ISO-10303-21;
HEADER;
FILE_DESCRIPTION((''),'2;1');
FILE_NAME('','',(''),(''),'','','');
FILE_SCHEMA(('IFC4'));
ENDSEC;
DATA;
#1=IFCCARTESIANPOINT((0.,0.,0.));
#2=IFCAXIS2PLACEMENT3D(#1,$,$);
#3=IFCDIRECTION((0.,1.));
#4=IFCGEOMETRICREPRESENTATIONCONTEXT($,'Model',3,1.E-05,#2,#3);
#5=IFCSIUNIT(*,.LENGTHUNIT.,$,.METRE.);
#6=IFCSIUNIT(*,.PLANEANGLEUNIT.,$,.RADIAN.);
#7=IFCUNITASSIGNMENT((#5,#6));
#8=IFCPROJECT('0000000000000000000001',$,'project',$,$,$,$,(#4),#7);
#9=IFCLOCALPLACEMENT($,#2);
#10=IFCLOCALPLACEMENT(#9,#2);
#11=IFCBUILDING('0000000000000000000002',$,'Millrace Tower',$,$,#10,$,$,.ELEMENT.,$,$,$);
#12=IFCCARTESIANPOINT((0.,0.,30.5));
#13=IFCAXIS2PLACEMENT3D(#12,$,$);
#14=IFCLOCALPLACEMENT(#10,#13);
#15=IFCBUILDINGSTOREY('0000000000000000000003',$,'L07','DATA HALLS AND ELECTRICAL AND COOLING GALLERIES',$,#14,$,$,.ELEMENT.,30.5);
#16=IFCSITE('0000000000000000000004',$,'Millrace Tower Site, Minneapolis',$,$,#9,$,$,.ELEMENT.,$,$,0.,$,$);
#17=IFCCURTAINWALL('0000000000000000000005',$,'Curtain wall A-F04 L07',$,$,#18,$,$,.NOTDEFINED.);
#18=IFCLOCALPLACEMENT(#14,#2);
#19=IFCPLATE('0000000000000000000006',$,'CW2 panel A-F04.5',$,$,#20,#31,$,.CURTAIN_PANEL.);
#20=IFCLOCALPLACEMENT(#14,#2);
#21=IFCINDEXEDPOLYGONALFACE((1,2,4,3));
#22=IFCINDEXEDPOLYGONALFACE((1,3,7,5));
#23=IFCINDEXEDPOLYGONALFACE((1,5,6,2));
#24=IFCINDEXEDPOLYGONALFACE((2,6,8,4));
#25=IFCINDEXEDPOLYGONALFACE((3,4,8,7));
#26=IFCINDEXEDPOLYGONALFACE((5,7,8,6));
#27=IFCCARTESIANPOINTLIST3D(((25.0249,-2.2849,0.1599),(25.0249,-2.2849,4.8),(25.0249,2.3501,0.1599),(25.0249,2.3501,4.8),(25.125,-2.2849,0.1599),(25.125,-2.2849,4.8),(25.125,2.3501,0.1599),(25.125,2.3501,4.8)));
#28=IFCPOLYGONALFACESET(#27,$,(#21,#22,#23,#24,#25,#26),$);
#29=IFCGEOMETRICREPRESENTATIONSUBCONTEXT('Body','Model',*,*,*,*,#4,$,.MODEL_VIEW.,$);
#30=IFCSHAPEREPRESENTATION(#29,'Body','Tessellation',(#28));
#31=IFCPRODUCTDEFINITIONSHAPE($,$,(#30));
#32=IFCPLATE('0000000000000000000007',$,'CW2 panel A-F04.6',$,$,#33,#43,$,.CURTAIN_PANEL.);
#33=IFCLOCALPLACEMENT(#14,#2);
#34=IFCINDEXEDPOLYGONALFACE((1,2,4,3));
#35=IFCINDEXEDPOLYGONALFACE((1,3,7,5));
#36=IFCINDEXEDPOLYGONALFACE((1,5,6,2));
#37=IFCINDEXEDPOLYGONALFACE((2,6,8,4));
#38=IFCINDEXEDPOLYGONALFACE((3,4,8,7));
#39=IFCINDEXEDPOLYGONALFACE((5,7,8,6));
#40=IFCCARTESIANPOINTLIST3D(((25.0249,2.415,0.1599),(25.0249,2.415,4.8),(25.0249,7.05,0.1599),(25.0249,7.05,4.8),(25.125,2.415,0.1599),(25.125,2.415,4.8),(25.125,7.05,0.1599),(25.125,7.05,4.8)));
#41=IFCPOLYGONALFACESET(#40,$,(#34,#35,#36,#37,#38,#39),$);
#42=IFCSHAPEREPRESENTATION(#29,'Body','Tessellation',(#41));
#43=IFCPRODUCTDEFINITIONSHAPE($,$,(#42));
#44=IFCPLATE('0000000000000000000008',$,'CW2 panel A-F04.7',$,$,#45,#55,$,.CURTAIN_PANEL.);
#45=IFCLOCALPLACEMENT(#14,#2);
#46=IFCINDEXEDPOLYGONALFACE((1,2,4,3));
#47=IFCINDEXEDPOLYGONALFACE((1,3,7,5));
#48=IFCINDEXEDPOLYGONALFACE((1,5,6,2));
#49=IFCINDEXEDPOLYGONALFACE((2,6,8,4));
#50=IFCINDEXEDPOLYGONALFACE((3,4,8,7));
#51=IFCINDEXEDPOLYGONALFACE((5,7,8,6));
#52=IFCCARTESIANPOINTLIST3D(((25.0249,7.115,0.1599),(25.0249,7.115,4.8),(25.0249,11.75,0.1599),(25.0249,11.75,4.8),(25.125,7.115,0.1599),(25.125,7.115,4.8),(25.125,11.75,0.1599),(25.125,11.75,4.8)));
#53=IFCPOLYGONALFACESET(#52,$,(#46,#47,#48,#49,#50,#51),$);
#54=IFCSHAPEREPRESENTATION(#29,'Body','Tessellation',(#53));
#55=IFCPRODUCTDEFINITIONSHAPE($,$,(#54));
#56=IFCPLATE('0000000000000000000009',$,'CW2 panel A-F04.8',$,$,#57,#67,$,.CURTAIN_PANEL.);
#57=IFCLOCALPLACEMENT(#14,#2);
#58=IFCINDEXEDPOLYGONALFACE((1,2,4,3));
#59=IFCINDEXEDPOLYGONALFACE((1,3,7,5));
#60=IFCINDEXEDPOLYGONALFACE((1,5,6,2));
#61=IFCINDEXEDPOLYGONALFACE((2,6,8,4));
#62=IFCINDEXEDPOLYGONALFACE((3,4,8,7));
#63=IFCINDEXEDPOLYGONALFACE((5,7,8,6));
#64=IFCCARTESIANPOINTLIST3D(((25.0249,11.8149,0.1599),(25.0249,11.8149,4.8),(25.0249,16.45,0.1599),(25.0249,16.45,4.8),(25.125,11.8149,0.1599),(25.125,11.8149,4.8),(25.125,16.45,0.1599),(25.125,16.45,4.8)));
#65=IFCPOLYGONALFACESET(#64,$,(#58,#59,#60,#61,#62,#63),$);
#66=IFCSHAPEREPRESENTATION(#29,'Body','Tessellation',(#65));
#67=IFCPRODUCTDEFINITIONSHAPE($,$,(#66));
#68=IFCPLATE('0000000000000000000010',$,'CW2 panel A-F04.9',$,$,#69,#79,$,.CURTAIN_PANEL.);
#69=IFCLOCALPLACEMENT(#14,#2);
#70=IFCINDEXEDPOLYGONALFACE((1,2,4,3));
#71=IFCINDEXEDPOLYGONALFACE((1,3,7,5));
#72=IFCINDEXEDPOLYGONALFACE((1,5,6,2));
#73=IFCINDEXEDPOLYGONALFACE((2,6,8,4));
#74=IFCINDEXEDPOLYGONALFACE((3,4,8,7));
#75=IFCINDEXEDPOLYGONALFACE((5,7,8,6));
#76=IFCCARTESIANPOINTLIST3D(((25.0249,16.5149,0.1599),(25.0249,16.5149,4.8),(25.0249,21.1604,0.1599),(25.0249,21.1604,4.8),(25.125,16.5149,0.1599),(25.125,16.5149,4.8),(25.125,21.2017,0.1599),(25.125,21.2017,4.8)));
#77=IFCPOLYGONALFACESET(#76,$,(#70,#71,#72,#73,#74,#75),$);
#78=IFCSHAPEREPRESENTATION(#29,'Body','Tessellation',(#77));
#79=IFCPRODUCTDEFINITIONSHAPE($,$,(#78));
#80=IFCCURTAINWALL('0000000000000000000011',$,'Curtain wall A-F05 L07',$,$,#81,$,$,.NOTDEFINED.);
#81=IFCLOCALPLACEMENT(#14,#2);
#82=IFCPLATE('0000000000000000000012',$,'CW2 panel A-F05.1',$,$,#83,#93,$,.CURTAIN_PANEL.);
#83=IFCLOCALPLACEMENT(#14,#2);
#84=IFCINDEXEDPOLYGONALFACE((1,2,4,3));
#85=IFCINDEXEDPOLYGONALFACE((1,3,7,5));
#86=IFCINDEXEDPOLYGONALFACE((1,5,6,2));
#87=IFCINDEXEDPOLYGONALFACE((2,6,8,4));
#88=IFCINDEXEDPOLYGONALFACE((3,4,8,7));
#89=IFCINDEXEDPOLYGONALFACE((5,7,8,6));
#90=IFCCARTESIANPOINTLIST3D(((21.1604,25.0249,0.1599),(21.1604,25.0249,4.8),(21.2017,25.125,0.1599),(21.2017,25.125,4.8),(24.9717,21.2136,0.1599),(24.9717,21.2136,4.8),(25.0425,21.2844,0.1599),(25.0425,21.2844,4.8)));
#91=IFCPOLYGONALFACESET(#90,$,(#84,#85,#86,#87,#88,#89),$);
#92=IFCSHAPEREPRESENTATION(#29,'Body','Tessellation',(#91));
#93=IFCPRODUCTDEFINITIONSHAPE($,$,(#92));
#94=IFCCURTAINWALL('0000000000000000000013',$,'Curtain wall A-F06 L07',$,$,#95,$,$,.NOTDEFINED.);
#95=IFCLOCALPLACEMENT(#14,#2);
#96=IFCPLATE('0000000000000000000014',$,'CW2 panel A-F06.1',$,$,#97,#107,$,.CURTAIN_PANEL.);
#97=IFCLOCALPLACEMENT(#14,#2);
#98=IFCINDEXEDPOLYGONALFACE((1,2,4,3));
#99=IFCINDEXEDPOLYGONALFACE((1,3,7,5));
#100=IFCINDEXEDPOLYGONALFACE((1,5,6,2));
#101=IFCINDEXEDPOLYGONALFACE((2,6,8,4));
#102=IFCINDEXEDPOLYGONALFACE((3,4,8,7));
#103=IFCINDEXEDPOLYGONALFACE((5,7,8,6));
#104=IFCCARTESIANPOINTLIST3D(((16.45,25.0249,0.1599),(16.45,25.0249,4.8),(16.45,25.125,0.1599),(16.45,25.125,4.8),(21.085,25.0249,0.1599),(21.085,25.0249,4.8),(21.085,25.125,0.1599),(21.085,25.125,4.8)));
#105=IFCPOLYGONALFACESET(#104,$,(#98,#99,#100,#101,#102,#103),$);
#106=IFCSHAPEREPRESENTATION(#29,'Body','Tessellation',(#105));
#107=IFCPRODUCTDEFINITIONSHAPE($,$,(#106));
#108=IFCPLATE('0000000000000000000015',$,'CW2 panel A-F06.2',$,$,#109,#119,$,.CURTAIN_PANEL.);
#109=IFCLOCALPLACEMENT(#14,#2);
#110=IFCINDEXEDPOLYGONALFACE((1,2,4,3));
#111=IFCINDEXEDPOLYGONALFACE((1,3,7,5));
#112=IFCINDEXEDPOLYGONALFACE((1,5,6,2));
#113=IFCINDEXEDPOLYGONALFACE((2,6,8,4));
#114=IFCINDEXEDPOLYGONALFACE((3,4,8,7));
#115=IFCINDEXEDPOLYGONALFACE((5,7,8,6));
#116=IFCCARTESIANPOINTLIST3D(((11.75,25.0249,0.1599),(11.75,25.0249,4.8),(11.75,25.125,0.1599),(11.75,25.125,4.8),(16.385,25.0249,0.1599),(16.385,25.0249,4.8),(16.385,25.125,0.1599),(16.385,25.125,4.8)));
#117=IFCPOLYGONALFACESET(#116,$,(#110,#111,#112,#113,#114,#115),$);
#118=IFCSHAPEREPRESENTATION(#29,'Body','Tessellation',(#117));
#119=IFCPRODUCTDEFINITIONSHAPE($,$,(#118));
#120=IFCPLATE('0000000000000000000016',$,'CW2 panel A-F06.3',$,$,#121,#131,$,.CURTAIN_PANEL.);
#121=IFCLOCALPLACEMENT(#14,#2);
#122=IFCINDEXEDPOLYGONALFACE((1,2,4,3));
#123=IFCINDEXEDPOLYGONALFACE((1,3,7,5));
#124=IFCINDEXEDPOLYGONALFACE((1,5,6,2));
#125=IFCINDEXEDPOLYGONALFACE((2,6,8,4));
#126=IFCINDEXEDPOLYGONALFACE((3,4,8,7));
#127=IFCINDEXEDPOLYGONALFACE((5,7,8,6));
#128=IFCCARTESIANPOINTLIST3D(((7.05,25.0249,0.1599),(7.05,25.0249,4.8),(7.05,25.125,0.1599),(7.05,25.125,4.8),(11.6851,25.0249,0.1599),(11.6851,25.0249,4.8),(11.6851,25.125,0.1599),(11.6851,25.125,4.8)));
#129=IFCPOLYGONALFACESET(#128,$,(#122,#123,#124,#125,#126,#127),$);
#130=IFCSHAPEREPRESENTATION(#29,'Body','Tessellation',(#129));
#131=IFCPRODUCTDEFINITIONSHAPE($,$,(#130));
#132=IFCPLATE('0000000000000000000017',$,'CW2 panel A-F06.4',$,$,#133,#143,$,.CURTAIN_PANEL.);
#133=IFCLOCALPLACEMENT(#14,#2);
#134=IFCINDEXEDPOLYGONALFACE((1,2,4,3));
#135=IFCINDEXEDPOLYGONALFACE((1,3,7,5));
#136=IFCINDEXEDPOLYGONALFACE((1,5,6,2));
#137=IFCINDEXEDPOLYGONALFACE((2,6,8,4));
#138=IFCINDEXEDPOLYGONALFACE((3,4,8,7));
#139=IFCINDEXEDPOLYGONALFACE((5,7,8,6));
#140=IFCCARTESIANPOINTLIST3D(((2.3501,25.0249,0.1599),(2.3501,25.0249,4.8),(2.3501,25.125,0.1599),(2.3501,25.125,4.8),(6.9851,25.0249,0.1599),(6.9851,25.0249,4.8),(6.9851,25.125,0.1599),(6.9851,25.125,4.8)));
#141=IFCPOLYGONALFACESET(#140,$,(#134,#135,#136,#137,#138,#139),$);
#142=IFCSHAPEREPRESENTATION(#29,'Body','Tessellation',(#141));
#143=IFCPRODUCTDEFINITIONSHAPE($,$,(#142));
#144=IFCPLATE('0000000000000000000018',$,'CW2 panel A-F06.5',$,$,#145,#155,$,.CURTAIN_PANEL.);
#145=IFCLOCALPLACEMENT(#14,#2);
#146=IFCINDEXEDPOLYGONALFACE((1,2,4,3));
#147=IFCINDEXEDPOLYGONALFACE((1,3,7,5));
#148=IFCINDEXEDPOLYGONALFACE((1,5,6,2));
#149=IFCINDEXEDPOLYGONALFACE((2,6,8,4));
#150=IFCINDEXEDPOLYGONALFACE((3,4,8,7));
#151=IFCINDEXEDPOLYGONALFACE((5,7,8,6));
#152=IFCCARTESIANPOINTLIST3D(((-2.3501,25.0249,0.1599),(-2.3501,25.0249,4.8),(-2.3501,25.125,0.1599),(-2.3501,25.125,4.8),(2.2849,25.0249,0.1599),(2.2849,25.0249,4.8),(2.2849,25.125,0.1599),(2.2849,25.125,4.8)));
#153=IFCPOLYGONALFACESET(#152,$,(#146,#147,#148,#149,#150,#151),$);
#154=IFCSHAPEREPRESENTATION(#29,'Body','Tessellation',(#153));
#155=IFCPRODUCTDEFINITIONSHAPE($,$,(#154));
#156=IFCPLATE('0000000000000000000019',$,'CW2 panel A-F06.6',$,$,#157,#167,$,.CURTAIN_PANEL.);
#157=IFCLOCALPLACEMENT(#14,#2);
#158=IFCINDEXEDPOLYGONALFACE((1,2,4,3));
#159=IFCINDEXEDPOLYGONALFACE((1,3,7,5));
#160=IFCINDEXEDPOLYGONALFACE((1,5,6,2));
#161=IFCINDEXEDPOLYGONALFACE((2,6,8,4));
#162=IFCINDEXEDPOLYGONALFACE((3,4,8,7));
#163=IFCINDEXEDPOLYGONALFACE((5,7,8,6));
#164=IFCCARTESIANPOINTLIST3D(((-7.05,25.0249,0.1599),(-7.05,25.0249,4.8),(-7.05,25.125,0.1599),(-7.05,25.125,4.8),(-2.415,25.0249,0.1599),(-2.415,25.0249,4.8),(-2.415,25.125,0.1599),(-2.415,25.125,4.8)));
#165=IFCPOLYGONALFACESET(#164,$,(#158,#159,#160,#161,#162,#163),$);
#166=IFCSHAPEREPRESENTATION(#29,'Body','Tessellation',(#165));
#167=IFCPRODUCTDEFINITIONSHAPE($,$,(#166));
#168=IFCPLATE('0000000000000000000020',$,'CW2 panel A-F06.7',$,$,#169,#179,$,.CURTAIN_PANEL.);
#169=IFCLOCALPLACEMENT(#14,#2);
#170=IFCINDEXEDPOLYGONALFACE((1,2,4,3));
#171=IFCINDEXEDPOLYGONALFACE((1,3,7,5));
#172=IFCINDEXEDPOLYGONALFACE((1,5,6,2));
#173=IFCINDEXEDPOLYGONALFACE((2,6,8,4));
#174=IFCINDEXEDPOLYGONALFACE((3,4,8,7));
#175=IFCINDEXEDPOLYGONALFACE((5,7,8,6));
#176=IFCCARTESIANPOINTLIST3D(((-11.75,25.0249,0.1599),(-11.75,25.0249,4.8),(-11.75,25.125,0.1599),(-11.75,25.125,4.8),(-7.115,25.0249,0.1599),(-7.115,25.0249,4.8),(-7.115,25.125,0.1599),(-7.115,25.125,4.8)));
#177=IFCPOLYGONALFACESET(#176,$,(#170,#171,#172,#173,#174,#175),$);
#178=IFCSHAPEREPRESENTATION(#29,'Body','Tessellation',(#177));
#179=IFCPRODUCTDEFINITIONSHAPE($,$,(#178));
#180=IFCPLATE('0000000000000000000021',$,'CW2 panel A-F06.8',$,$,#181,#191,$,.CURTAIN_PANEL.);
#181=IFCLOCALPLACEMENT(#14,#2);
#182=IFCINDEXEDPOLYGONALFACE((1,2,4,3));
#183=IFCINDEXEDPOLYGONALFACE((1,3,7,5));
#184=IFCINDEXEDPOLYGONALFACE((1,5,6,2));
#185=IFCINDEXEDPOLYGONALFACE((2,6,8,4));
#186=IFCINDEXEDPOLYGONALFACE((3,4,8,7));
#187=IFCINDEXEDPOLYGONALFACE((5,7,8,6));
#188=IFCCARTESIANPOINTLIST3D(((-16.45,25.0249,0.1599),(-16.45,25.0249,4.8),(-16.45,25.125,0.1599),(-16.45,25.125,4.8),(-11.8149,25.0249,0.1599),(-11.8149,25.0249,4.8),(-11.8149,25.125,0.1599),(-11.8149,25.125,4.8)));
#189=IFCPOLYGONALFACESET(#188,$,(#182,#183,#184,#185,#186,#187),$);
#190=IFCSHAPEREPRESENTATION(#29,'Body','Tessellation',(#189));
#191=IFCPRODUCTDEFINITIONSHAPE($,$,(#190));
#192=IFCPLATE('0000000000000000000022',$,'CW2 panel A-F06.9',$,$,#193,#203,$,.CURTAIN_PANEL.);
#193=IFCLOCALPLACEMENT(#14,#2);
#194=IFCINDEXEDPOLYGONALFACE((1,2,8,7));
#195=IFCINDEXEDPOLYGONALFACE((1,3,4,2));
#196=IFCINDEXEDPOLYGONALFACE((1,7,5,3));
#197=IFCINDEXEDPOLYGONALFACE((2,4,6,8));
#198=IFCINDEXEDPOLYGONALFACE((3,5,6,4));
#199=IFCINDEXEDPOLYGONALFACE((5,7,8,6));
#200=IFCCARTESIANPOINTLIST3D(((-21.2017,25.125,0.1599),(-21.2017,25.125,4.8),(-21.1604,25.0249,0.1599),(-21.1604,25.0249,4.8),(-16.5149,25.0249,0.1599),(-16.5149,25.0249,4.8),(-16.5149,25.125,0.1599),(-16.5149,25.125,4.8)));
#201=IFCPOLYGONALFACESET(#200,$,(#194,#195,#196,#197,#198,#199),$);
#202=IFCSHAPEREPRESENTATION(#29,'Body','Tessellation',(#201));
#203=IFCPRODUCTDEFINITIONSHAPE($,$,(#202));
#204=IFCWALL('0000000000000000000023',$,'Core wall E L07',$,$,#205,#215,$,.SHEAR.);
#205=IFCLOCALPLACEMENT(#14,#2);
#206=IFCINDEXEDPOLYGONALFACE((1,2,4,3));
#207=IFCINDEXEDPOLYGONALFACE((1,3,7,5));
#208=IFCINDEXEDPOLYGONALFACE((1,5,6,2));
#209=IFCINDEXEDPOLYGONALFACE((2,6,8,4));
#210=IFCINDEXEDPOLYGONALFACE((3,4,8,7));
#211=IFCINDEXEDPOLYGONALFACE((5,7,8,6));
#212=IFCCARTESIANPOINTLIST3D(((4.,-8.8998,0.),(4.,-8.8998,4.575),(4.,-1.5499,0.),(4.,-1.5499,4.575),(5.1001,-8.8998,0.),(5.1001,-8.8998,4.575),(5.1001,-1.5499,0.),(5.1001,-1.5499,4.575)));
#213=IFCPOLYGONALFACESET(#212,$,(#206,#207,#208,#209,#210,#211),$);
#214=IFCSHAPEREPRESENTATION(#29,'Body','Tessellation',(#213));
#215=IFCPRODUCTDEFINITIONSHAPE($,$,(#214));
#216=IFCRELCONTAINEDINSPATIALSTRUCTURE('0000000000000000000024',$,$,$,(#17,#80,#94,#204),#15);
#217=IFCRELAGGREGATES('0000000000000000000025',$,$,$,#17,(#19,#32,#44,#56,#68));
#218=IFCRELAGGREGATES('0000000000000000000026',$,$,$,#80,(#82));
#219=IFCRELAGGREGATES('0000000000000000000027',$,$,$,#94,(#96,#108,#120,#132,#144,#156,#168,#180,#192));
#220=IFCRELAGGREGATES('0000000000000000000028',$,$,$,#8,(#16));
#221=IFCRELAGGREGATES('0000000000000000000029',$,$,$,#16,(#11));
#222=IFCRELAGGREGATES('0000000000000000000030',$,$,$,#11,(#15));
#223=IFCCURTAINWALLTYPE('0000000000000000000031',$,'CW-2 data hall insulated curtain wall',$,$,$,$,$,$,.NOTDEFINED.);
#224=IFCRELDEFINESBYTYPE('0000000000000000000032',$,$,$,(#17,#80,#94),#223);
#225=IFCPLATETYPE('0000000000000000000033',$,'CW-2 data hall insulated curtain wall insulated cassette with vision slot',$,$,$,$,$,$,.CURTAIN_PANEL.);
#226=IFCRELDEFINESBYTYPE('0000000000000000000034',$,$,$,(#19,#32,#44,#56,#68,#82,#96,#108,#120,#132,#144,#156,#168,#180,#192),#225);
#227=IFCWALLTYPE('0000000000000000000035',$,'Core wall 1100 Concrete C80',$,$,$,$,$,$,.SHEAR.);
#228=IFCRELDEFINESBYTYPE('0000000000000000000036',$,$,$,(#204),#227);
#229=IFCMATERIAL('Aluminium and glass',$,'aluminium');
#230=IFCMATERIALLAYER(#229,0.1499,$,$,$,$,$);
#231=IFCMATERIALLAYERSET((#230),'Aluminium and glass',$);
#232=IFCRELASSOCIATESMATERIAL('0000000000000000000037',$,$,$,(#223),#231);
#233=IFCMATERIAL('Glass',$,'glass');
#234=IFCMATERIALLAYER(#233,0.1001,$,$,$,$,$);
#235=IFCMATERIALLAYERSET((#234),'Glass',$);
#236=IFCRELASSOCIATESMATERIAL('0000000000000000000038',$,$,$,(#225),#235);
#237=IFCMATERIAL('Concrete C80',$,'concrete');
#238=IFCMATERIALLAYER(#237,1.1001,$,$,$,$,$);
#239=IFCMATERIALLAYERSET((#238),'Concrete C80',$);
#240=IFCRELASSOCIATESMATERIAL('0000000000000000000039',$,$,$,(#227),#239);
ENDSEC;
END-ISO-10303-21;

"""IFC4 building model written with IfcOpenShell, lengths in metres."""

from ifc_helpers import new_model, si_unit, direction, frame, frame_2d, origin, place, context, subcontext, project, spatial, polyline, rectangle, outline, extrude, material, layer, layer_set, type_object, element, aggregate, save


model = new_model("IFC4")

# Units and contexts
model_context = context("Model", 3, precision=1e-05, world=origin(), true_north=direction((0.0, 1.0)))
body_context = subcontext(model_context, "Body", "Model", "MODEL_VIEW")
ifc_project = project(units=[si_unit("LENGTHUNIT", "METRE"), si_unit("PLANEANGLEUNIT", "RADIAN")], contexts=[model_context])

# Site, building, storey
site_placement = place(None, origin())
site = spatial("IfcSite", under=ifc_project, at=site_placement, Name="Millrace Tower Site, Minneapolis", CompositionType="ELEMENT", RefElevation=0.0)
building_placement = place(site_placement, origin())
building = spatial("IfcBuilding", under=site, at=building_placement, Name="Millrace Tower", CompositionType="ELEMENT")
storey_placement = place(building_placement, frame((0.0, 0.0, 30.5)))
storey = spatial("IfcBuildingStorey", under=building, at=storey_placement, Name="L07", Description="DATA HALLS AND ELECTRICAL AND COOLING GALLERIES", CompositionType="ELEMENT", Elevation=30.5)

# Curtain wall, plates
ifc_material_1 = material(Name="Aluminium and glass", Category="aluminium")
ifc_layer_1 = layer(ifc_material_1, 0.1499)
ifc_layer_set_1 = layer_set([ifc_layer_1], Name="Aluminium and glass")
curtain_wall_type = type_object("IfcCurtainWallType", Name="CW-2 data hall insulated curtain wall", PredefinedType="NOTDEFINED", material=ifc_layer_set_1)
placement_1 = place(storey_placement, origin())
curtain_wall_1 = element("IfcCurtainWall", 1, at=placement_1, inside=storey, type_object=curtain_wall_type, Name="Curtain wall A-F04 L07", PredefinedType="NOTDEFINED")
ifc_material_2 = material(Name="Glass", Category="glass")
ifc_layer_2 = layer(ifc_material_2, 0.1001)
ifc_layer_set_2 = layer_set([ifc_layer_2], Name="Glass")
plate_type = type_object("IfcPlateType", Name="CW-2 data hall insulated curtain wall insulated cassette with vision slot", PredefinedType="CURTAIN_PANEL", material=ifc_layer_set_2)
placement_2 = place(storey_placement, frame((0.0, 0.0, 0.1599)))
plate_1 = element("IfcPlate", 2, at=placement_2, type_object=plate_type, Name="CW2 panel A-F04.5", PredefinedType="CURTAIN_PANEL", context=body_context, shape_type="SweptSolid", body=[
    extrude(outline(polyline([(25.125, -2.2849), (25.125, 2.3501), (25.0249, 2.3501), (25.0249, -2.2849), (25.125, -2.2849)])), origin(), (0.0, 0.0, 1.0), 4.6401),
])
plate_2 = element("IfcPlate", 3, at=placement_2, type_object=plate_type, Name="CW2 panel A-F04.6", PredefinedType="CURTAIN_PANEL", context=body_context, shape_type="SweptSolid", body=[
    extrude(outline(polyline([(25.125, 2.415), (25.125, 7.05), (25.0249, 7.05), (25.0249, 2.415), (25.125, 2.415)])), origin(), (0.0, 0.0, 1.0), 4.6401),
])
plate_3 = element("IfcPlate", 4, at=placement_2, type_object=plate_type, Name="CW2 panel A-F04.7", PredefinedType="CURTAIN_PANEL", context=body_context, shape_type="SweptSolid", body=[
    extrude(outline(polyline([(25.125, 7.115), (25.125, 11.75), (25.0249, 11.75), (25.0249, 7.115), (25.125, 7.115)])), origin(), (0.0, 0.0, 1.0), 4.6401),
])
plate_4 = element("IfcPlate", 5, at=placement_2, type_object=plate_type, Name="CW2 panel A-F04.8", PredefinedType="CURTAIN_PANEL", context=body_context, shape_type="SweptSolid", body=[
    extrude(outline(polyline([(25.125, 11.8149), (25.125, 16.45), (25.0249, 16.45), (25.0249, 11.8149), (25.125, 11.8149)])), origin(), (0.0, 0.0, 1.0), 4.6401),
])
plate_5 = element("IfcPlate", 6, at=placement_2, type_object=plate_type, Name="CW2 panel A-F04.9", PredefinedType="CURTAIN_PANEL", context=body_context, shape_type="SweptSolid", body=[
    extrude(outline(polyline([(25.125, 16.5149), (25.125, 21.2017), (25.0249, 21.1604), (25.0249, 16.5149), (25.125, 16.5149)])), origin(), (0.0, 0.0, 1.0), 4.6401),
])
aggregate(curtain_wall_1, [plate_1, plate_2, plate_3, plate_4, plate_5])

# Curtain wall, plate
curtain_wall_2 = element("IfcCurtainWall", 7, at=placement_1, inside=storey, type_object=curtain_wall_type, Name="Curtain wall A-F05 L07", PredefinedType="NOTDEFINED")
plate_6 = element("IfcPlate", 8, at=placement_2, type_object=plate_type, Name="CW2 panel A-F05.1", PredefinedType="CURTAIN_PANEL", context=body_context, shape_type="SweptSolid", body=[
    extrude(outline(polyline([(25.0425, 21.2844), (21.2017, 25.125), (21.1604, 25.0249), (24.9717, 21.2136), (25.0425, 21.2844)])), origin(), (0.0, 0.0, 1.0), 4.6401),
])
aggregate(curtain_wall_2, [plate_6])

# Curtain wall, plates
curtain_wall_3 = element("IfcCurtainWall", 9, at=placement_1, inside=storey, type_object=curtain_wall_type, Name="Curtain wall A-F06 L07", PredefinedType="NOTDEFINED")
plate_7 = element("IfcPlate", 10, at=placement_2, type_object=plate_type, Name="CW2 panel A-F06.1", PredefinedType="CURTAIN_PANEL", context=body_context, shape_type="SweptSolid", body=[
    extrude(outline(polyline([(21.085, 25.125), (16.45, 25.125), (16.45, 25.0249), (21.085, 25.0249), (21.085, 25.125)])), origin(), (0.0, 0.0, 1.0), 4.6401),
])
plate_8 = element("IfcPlate", 11, at=placement_2, type_object=plate_type, Name="CW2 panel A-F06.2", PredefinedType="CURTAIN_PANEL", context=body_context, shape_type="SweptSolid", body=[
    extrude(outline(polyline([(16.385, 25.125), (11.75, 25.125), (11.75, 25.0249), (16.385, 25.0249), (16.385, 25.125)])), origin(), (0.0, 0.0, 1.0), 4.6401),
])
plate_9 = element("IfcPlate", 12, at=placement_2, type_object=plate_type, Name="CW2 panel A-F06.3", PredefinedType="CURTAIN_PANEL", context=body_context, shape_type="SweptSolid", body=[
    extrude(outline(polyline([(11.6851, 25.125), (7.05, 25.125), (7.05, 25.0249), (11.6851, 25.0249), (11.6851, 25.125)])), origin(), (0.0, 0.0, 1.0), 4.6401),
])
plate_10 = element("IfcPlate", 13, at=placement_2, type_object=plate_type, Name="CW2 panel A-F06.4", PredefinedType="CURTAIN_PANEL", context=body_context, shape_type="SweptSolid", body=[
    extrude(outline(polyline([(6.9851, 25.125), (2.3501, 25.125), (2.3501, 25.0249), (6.9851, 25.0249), (6.9851, 25.125)])), origin(), (0.0, 0.0, 1.0), 4.6401),
])
plate_11 = element("IfcPlate", 14, at=placement_2, type_object=plate_type, Name="CW2 panel A-F06.5", PredefinedType="CURTAIN_PANEL", context=body_context, shape_type="SweptSolid", body=[
    extrude(outline(polyline([(2.2849, 25.125), (-2.3501, 25.125), (-2.3501, 25.0249), (2.2849, 25.0249), (2.2849, 25.125)])), origin(), (0.0, 0.0, 1.0), 4.6401),
])
plate_12 = element("IfcPlate", 15, at=placement_2, type_object=plate_type, Name="CW2 panel A-F06.6", PredefinedType="CURTAIN_PANEL", context=body_context, shape_type="SweptSolid", body=[
    extrude(outline(polyline([(-2.415, 25.125), (-7.05, 25.125), (-7.05, 25.0249), (-2.415, 25.0249), (-2.415, 25.125)])), origin(), (0.0, 0.0, 1.0), 4.6401),
])
plate_13 = element("IfcPlate", 16, at=placement_2, type_object=plate_type, Name="CW2 panel A-F06.7", PredefinedType="CURTAIN_PANEL", context=body_context, shape_type="SweptSolid", body=[
    extrude(outline(polyline([(-7.115, 25.125), (-11.75, 25.125), (-11.75, 25.0249), (-7.115, 25.0249), (-7.115, 25.125)])), origin(), (0.0, 0.0, 1.0), 4.6401),
])
plate_14 = element("IfcPlate", 17, at=placement_2, type_object=plate_type, Name="CW2 panel A-F06.8", PredefinedType="CURTAIN_PANEL", context=body_context, shape_type="SweptSolid", body=[
    extrude(outline(polyline([(-11.8149, 25.125), (-16.45, 25.125), (-16.45, 25.0249), (-11.8149, 25.0249), (-11.8149, 25.125)])), origin(), (0.0, 0.0, 1.0), 4.6401),
])
plate_15 = element("IfcPlate", 18, at=placement_2, type_object=plate_type, Name="CW2 panel A-F06.9", PredefinedType="CURTAIN_PANEL", context=body_context, shape_type="SweptSolid", body=[
    extrude(outline(polyline([(-16.5149, 25.125), (-21.2017, 25.125), (-21.1604, 25.0249), (-16.5149, 25.0249), (-16.5149, 25.125)])), origin(), (0.0, 0.0, 1.0), 4.6401),
])
aggregate(curtain_wall_3, [plate_7, plate_8, plate_9, plate_10, plate_11, plate_12, plate_13, plate_14, plate_15])

# Wall
ifc_material_3 = material(Name="Concrete C80", Category="concrete")
ifc_layer_3 = layer(ifc_material_3, 1.1001)
ifc_layer_set_3 = layer_set([ifc_layer_3], Name="Concrete C80")
wall_type_1 = type_object("IfcWallType", Name="Core wall 1100 Concrete C80", PredefinedType="SHEAR", material=ifc_layer_set_3)
wall_1_placement = place(storey_placement, frame((4.55, -1.55, 0.0), z_axis=(0.0, 0.0, 1.0), x_axis=(0.0, -1.0, 0.0)))
element("IfcWall", 19, at=wall_1_placement, inside=storey, type_object=wall_type_1, Name="Core wall E L07", PredefinedType="SHEAR", context=body_context, shape_type="SweptSolid", body=[
    extrude(rectangle(XDim=7.3499, YDim=1.1001, at=frame_2d((3.6748, 0.0))), origin(), (0.0, 0.0, 1.0), 4.575),
])

save(model, "model.ifc")
